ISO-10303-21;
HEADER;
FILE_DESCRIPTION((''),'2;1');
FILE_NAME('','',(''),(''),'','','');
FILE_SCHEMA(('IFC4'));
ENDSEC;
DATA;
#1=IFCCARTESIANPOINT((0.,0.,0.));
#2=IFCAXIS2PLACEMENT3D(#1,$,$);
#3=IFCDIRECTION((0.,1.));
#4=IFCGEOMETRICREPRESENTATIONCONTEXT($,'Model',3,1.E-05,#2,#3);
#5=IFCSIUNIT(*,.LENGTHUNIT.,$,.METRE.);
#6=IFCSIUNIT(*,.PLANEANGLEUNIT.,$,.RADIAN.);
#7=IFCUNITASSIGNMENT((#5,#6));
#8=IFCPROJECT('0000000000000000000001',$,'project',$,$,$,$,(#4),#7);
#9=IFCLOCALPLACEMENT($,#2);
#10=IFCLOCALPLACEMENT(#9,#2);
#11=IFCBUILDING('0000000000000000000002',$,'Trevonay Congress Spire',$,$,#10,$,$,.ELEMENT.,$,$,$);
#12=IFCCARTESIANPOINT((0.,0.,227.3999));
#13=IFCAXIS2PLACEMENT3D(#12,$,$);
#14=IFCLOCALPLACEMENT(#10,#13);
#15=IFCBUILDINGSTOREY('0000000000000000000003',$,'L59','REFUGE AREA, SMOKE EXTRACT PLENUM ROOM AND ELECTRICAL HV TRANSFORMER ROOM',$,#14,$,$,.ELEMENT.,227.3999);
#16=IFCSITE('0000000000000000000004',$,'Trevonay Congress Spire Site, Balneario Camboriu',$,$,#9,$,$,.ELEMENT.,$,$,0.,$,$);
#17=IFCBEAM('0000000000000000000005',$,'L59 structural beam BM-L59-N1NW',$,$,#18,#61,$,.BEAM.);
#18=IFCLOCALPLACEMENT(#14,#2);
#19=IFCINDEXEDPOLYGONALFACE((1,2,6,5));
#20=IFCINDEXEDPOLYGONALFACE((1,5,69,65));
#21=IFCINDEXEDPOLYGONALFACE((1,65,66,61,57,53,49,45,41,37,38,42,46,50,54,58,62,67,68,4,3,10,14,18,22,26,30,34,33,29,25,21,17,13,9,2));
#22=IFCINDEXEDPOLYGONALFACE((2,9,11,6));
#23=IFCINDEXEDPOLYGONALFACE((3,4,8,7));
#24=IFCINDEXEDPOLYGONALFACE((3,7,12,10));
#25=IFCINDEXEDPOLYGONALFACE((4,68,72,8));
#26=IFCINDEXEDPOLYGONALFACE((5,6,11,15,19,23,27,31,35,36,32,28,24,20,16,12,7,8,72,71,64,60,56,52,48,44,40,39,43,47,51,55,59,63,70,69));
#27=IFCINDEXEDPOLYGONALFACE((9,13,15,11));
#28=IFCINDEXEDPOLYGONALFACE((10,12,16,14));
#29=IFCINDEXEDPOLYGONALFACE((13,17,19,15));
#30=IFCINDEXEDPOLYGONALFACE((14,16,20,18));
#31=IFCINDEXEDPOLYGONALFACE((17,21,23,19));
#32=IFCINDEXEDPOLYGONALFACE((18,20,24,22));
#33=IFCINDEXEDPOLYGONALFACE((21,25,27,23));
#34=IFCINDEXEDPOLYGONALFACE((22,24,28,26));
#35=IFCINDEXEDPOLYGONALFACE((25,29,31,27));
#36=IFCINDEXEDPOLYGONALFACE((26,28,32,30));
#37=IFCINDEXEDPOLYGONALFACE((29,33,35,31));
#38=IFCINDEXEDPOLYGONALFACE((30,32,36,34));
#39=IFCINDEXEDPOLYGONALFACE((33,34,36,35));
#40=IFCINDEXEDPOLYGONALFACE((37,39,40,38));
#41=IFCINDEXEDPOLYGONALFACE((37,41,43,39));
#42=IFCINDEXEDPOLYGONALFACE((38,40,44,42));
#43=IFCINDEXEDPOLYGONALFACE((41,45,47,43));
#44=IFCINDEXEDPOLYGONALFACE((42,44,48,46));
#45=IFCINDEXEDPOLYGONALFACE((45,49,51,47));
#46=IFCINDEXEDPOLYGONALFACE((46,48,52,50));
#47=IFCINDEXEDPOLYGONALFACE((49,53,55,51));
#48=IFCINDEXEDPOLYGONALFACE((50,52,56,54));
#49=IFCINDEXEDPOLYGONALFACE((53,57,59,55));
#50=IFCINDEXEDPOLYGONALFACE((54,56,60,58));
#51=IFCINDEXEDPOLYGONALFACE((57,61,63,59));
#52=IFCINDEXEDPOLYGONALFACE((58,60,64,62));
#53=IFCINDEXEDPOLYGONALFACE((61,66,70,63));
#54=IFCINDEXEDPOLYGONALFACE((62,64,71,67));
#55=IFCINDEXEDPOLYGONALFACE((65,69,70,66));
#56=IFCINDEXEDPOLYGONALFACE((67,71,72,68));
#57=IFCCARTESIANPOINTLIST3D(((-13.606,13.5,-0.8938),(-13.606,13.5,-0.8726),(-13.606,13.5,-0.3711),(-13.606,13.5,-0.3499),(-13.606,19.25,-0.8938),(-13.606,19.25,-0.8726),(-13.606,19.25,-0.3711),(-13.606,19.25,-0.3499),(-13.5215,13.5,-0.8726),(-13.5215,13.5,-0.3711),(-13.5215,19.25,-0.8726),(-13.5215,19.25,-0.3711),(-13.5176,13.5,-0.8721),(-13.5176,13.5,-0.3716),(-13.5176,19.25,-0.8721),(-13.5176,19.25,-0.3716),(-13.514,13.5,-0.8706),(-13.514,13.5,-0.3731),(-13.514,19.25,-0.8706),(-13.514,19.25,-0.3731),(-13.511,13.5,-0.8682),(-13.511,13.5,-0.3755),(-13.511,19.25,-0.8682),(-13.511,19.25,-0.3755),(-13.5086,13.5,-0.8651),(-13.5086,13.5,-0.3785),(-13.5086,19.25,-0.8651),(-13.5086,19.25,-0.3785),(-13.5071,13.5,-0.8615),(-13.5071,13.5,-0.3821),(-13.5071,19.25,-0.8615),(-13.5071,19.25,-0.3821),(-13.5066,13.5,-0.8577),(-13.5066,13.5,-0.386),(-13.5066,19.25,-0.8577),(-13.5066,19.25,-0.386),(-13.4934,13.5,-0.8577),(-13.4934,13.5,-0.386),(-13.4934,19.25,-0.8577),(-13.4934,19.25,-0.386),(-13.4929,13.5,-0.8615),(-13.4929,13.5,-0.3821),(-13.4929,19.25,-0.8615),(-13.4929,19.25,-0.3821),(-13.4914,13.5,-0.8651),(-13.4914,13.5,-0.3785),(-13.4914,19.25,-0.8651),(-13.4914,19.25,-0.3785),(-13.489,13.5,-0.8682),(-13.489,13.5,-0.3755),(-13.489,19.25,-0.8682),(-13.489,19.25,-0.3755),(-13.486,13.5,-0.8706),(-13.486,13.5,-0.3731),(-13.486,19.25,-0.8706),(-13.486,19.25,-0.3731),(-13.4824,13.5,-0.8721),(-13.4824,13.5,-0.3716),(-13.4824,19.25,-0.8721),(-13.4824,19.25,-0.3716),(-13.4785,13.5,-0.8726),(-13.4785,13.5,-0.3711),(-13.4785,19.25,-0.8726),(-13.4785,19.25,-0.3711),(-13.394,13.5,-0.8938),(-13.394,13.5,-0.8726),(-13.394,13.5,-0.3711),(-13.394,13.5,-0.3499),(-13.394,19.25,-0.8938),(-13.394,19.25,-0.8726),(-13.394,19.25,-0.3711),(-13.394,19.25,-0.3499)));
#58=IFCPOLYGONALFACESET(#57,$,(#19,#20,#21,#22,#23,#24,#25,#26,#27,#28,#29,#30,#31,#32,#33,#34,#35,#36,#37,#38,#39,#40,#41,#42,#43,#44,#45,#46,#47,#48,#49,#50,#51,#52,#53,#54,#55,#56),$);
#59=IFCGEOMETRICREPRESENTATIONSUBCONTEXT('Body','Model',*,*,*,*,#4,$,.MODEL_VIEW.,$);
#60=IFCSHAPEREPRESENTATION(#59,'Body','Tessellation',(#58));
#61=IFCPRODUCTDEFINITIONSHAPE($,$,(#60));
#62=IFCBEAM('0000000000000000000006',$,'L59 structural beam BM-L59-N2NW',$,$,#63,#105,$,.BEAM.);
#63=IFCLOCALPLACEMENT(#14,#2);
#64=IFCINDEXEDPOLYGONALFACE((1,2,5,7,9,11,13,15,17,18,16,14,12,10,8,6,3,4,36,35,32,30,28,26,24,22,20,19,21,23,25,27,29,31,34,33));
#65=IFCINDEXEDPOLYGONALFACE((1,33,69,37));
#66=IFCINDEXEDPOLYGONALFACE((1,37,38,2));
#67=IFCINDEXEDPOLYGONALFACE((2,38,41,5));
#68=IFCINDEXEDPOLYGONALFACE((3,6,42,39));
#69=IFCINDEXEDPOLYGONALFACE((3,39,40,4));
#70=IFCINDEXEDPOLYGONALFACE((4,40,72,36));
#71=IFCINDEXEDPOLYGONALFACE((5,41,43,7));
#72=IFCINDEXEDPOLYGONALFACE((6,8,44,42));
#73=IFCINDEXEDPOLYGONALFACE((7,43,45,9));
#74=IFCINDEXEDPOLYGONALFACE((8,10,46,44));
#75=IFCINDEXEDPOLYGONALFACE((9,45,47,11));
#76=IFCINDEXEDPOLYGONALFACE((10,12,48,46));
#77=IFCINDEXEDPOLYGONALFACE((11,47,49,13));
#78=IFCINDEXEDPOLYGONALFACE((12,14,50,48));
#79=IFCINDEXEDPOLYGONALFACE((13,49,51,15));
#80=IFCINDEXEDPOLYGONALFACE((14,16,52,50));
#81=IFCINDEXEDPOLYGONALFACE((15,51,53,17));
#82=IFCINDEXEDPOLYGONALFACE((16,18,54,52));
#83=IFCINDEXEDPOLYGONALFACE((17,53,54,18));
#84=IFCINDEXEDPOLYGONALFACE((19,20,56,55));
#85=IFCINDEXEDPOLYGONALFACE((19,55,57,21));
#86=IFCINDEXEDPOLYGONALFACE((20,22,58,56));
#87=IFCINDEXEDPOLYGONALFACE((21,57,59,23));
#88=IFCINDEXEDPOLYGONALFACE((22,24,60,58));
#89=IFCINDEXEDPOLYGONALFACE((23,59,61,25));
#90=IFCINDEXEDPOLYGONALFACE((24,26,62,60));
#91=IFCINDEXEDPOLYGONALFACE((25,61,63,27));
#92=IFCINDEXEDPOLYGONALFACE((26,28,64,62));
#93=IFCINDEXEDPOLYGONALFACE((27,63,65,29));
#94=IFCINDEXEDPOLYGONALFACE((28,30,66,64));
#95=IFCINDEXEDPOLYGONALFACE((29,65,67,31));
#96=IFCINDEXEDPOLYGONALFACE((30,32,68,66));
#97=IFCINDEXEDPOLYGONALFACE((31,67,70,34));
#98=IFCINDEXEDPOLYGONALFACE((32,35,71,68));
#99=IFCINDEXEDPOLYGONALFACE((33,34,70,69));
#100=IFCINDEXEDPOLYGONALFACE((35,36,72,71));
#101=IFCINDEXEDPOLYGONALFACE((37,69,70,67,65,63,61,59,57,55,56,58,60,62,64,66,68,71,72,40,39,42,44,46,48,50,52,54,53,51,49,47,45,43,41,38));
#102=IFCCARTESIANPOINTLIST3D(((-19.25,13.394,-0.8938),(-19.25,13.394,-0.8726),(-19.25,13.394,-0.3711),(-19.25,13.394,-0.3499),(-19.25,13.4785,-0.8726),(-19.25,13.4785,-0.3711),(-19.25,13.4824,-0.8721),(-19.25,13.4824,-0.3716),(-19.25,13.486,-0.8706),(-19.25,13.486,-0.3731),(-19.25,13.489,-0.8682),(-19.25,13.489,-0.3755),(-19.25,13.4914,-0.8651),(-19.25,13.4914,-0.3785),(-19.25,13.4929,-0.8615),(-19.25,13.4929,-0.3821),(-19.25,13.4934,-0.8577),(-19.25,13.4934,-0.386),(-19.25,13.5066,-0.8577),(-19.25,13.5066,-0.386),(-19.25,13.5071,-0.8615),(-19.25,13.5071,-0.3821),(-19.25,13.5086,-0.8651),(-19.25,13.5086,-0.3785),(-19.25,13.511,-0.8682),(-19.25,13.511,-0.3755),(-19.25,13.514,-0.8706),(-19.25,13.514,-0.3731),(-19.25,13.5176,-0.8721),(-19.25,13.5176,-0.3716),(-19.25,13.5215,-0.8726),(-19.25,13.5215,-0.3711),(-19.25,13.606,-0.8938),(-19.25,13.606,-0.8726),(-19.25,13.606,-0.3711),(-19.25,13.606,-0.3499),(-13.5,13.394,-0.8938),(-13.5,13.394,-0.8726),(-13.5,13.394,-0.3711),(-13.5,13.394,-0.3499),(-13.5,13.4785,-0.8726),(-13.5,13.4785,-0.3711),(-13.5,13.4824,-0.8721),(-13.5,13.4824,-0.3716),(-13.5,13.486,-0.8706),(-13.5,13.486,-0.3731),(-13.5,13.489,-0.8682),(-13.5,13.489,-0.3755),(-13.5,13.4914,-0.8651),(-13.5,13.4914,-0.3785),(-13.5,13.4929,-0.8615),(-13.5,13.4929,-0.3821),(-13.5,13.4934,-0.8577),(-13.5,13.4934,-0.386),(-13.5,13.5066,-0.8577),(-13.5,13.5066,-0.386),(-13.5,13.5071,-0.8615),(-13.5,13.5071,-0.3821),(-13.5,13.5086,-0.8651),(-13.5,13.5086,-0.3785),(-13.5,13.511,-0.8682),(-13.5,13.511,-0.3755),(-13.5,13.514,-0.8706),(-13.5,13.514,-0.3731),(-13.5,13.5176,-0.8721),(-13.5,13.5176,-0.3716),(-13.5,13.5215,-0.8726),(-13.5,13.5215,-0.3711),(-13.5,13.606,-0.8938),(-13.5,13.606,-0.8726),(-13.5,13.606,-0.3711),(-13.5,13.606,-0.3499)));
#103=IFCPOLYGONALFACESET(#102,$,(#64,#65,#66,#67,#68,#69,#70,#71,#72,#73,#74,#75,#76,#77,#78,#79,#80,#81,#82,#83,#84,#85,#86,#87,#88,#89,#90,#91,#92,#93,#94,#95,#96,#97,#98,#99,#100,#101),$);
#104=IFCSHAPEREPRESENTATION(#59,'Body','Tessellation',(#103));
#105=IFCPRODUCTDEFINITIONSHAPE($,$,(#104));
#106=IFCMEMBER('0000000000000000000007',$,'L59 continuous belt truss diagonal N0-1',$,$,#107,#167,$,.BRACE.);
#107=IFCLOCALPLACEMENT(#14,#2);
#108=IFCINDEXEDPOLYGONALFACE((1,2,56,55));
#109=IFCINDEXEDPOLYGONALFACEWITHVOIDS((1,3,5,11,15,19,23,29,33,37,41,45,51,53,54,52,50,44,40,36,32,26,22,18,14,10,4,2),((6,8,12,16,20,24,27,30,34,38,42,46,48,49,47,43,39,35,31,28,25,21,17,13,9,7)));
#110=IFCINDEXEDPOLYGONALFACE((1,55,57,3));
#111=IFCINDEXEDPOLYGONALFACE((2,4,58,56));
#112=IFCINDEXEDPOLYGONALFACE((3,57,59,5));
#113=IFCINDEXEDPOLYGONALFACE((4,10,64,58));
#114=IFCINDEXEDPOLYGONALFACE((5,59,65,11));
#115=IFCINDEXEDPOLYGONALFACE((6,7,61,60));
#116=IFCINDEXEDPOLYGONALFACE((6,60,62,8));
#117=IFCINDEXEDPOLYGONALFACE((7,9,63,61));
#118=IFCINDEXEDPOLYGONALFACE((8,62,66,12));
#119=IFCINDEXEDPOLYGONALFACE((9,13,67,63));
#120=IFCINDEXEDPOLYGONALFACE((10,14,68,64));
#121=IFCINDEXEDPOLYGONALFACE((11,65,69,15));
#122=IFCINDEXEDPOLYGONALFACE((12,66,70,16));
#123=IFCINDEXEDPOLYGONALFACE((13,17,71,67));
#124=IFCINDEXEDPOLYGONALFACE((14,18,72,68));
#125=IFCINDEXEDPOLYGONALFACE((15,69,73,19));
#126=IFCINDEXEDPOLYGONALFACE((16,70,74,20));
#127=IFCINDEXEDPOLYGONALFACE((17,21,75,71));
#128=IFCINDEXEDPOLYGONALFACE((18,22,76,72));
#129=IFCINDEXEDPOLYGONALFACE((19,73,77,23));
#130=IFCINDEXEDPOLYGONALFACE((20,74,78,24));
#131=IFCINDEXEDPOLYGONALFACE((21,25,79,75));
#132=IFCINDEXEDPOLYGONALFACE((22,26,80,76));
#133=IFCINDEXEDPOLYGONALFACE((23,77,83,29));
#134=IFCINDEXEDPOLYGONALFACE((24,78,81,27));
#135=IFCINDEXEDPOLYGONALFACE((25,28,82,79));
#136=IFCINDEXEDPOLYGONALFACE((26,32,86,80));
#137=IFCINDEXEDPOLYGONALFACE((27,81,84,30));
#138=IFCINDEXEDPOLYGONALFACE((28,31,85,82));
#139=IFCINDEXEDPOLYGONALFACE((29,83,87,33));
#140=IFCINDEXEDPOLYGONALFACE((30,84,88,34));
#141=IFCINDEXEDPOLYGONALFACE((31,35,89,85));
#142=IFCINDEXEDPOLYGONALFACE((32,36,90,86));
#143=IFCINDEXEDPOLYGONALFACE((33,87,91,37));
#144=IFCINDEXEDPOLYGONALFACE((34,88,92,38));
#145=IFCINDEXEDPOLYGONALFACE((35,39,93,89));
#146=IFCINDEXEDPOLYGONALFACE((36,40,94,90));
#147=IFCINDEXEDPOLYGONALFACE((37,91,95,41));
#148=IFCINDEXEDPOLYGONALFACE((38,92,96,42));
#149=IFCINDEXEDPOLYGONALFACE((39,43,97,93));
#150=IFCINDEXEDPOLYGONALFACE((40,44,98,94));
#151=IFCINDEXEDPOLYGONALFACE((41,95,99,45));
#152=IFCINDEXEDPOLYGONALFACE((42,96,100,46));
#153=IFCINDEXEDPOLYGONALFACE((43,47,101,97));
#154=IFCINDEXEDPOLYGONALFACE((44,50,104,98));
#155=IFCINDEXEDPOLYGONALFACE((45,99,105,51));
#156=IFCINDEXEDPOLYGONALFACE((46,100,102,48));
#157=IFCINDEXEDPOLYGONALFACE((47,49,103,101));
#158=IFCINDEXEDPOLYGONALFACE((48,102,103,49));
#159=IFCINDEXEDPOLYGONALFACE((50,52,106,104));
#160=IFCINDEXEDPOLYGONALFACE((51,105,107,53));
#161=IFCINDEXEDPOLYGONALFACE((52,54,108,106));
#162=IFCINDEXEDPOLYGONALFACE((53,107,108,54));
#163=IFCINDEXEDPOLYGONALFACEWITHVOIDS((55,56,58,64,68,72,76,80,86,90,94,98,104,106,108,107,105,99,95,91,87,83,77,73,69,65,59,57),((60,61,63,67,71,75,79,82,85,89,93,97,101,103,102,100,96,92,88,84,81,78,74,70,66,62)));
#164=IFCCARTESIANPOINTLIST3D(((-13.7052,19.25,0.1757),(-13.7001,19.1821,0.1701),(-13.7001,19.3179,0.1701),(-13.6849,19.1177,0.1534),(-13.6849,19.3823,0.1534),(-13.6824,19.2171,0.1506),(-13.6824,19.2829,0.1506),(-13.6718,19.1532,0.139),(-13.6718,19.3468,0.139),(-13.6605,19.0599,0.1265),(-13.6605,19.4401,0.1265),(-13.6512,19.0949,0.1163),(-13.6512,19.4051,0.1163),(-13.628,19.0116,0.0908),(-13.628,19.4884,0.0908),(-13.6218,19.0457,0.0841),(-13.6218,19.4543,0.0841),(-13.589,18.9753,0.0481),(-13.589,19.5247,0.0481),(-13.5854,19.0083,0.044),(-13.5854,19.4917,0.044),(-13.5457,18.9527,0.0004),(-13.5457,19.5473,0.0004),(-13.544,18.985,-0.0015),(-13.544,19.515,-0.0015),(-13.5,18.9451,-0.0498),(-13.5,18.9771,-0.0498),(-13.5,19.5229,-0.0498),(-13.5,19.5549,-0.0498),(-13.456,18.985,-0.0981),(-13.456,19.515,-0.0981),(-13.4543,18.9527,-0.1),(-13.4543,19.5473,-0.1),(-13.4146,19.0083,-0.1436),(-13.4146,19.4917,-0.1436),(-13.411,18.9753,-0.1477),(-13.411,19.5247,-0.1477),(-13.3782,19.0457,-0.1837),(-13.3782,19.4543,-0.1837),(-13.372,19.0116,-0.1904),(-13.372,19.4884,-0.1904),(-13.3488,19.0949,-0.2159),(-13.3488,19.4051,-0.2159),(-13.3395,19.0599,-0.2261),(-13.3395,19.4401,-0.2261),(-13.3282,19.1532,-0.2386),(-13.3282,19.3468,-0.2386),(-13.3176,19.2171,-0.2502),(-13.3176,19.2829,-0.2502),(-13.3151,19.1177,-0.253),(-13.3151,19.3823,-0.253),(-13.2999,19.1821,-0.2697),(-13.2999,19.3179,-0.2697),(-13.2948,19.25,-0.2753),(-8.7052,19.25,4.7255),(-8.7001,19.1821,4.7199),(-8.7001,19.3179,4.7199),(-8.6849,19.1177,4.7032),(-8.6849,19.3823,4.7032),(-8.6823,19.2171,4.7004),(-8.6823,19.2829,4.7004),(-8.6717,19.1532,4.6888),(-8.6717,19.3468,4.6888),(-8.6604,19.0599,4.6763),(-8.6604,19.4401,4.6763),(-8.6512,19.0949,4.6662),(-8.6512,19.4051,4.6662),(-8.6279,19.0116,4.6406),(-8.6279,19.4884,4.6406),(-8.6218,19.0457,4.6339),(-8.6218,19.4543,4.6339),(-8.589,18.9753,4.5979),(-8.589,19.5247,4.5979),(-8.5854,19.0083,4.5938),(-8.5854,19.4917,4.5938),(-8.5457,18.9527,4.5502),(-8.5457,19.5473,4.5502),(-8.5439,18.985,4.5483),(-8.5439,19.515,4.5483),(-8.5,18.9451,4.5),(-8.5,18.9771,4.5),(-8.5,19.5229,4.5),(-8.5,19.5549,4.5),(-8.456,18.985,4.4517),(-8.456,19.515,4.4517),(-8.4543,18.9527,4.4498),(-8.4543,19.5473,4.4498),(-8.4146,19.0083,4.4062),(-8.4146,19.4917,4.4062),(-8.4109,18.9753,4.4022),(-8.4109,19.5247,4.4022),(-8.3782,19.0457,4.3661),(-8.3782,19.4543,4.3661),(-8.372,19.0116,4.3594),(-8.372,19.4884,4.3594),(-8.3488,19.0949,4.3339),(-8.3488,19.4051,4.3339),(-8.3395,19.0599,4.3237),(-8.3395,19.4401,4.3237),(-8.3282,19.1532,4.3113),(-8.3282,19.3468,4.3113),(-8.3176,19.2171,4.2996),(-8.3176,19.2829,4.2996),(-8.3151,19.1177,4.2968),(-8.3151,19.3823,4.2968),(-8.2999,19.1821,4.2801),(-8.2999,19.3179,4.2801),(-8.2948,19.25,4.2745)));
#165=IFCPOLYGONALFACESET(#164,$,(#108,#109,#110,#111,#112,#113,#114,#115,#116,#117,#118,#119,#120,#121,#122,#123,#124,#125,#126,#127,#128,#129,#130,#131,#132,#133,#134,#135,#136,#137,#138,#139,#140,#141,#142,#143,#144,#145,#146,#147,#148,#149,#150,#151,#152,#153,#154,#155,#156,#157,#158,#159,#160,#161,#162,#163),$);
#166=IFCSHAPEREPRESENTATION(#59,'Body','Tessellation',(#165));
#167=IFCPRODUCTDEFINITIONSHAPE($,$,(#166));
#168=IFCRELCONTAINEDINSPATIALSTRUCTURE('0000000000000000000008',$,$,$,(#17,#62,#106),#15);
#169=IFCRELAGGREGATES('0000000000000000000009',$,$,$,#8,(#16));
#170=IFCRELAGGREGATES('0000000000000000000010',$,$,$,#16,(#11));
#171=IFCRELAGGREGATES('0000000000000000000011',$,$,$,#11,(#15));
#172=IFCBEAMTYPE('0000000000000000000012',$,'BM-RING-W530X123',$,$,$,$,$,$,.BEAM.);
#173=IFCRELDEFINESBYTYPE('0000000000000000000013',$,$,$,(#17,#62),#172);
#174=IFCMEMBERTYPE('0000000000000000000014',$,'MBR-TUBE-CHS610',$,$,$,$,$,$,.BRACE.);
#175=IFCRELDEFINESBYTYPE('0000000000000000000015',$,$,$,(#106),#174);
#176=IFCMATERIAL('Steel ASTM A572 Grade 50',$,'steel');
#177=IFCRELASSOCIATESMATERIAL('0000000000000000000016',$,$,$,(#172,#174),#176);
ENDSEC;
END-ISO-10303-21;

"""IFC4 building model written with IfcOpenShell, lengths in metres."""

from ifc_helpers import new_model, si_unit, direction, frame, origin, origin_2d, place, context, subcontext, project, spatial, hollow_circle, i_section, extrude, material, material_profile, profile_set, type_object, element, save


model = new_model("IFC4")

# Units and contexts
model_context = context("Model", 3, precision=1e-05, world=origin(), true_north=direction((0.0, 1.0)))
body_context = subcontext(model_context, "Body", "Model", "MODEL_VIEW")
ifc_project = project(units=[si_unit("LENGTHUNIT", "METRE"), si_unit("PLANEANGLEUNIT", "RADIAN")], contexts=[model_context])

# Site, building, storey
site_placement = place(None, origin())
site = spatial("IfcSite", under=ifc_project, at=site_placement, Name="Trevonay Congress Spire Site, Balneario Camboriu", CompositionType="ELEMENT", RefElevation=0.0)
building_placement = place(site_placement, origin())
building = spatial("IfcBuilding", under=site, at=building_placement, Name="Trevonay Congress Spire", CompositionType="ELEMENT")
storey_placement = place(building_placement, frame((0.0, 0.0, 227.3999)))
storey = spatial("IfcBuildingStorey", under=building, at=storey_placement, Name="L59", Description="REFUGE AREA, SMOKE EXTRACT PLENUM ROOM AND ELECTRICAL HV TRANSFORMER ROOM", CompositionType="ELEMENT", Elevation=227.3999)

# Shared definitions
ifc_material_1 = material(Name="Steel ASTM A572 Grade 50", Category="steel")

# Beams
ifc_material_profile_1 = material_profile(ifc_material_1, i_section(OverallWidth=0.2119, OverallDepth=0.5439, WebThickness=0.0132, FlangeThickness=0.0212, FilletRadius=0.0149, at=origin_2d()), Name="W530x123")
ifc_profile_set_1 = profile_set([ifc_material_profile_1], Name="Steel ASTM A572 Grade 50")
beam_type = type_object("IfcBeamType", Name="BM-RING-W530X123", PredefinedType="BEAM", material=ifc_profile_set_1)
for number, where, z_axis, x_axis, name in (
    (1, (-13.5, 19.25, -0.6218), (0.0, -1.0, 0.0), (1.0, 0.0, 0.0), "L59 structural beam BM-L59-N1NW"),
    (2, (-19.25, 13.5, -0.6218), (1.0, 0.0, 0.0), (0.0, 1.0, 0.0), "L59 structural beam BM-L59-N2NW"),
):
    element("IfcBeam", number, at=place(storey_placement, frame(where, z_axis=z_axis, x_axis=x_axis)), inside=storey, type_object=beam_type, Name=name, PredefinedType="BEAM", context=body_context, shape_type="SweptSolid", body=[
        extrude(i_section(OverallWidth=0.2119, OverallDepth=0.5439, WebThickness=0.0132, FlangeThickness=0.0212, FilletRadius=0.0149, at=origin_2d()), origin(), (0.0, 0.0, 1.0), 5.75),
    ])

# Member
ifc_material_profile_2 = material_profile(ifc_material_1, hollow_circle(Radius=0.3049, WallThickness=0.032, at=origin_2d()), Name="CHS 610x32")
ifc_profile_set_2 = profile_set([ifc_material_profile_2], Name="Steel ASTM A572 Grade 50")
member_type = type_object("IfcMemberType", Name="MBR-TUBE-CHS610", PredefinedType="BRACE", material=ifc_profile_set_2)
member_placement = place(storey_placement, frame((-13.5, 19.25, -0.0498), z_axis=(0.73962, 0.0, 0.673025), x_axis=(0.0, 1.0, 0.0)))
element("IfcMember", 3, at=member_placement, inside=storey, type_object=member_type, Name="L59 continuous belt truss diagonal N0-1", PredefinedType="BRACE", context=body_context, shape_type="SweptSolid", body=[
    extrude(hollow_circle(Radius=0.3049, WallThickness=0.032, at=origin_2d()), origin(), (0.0, 0.0, 1.0), 6.7603),
])

save(model, "model.ifc")
